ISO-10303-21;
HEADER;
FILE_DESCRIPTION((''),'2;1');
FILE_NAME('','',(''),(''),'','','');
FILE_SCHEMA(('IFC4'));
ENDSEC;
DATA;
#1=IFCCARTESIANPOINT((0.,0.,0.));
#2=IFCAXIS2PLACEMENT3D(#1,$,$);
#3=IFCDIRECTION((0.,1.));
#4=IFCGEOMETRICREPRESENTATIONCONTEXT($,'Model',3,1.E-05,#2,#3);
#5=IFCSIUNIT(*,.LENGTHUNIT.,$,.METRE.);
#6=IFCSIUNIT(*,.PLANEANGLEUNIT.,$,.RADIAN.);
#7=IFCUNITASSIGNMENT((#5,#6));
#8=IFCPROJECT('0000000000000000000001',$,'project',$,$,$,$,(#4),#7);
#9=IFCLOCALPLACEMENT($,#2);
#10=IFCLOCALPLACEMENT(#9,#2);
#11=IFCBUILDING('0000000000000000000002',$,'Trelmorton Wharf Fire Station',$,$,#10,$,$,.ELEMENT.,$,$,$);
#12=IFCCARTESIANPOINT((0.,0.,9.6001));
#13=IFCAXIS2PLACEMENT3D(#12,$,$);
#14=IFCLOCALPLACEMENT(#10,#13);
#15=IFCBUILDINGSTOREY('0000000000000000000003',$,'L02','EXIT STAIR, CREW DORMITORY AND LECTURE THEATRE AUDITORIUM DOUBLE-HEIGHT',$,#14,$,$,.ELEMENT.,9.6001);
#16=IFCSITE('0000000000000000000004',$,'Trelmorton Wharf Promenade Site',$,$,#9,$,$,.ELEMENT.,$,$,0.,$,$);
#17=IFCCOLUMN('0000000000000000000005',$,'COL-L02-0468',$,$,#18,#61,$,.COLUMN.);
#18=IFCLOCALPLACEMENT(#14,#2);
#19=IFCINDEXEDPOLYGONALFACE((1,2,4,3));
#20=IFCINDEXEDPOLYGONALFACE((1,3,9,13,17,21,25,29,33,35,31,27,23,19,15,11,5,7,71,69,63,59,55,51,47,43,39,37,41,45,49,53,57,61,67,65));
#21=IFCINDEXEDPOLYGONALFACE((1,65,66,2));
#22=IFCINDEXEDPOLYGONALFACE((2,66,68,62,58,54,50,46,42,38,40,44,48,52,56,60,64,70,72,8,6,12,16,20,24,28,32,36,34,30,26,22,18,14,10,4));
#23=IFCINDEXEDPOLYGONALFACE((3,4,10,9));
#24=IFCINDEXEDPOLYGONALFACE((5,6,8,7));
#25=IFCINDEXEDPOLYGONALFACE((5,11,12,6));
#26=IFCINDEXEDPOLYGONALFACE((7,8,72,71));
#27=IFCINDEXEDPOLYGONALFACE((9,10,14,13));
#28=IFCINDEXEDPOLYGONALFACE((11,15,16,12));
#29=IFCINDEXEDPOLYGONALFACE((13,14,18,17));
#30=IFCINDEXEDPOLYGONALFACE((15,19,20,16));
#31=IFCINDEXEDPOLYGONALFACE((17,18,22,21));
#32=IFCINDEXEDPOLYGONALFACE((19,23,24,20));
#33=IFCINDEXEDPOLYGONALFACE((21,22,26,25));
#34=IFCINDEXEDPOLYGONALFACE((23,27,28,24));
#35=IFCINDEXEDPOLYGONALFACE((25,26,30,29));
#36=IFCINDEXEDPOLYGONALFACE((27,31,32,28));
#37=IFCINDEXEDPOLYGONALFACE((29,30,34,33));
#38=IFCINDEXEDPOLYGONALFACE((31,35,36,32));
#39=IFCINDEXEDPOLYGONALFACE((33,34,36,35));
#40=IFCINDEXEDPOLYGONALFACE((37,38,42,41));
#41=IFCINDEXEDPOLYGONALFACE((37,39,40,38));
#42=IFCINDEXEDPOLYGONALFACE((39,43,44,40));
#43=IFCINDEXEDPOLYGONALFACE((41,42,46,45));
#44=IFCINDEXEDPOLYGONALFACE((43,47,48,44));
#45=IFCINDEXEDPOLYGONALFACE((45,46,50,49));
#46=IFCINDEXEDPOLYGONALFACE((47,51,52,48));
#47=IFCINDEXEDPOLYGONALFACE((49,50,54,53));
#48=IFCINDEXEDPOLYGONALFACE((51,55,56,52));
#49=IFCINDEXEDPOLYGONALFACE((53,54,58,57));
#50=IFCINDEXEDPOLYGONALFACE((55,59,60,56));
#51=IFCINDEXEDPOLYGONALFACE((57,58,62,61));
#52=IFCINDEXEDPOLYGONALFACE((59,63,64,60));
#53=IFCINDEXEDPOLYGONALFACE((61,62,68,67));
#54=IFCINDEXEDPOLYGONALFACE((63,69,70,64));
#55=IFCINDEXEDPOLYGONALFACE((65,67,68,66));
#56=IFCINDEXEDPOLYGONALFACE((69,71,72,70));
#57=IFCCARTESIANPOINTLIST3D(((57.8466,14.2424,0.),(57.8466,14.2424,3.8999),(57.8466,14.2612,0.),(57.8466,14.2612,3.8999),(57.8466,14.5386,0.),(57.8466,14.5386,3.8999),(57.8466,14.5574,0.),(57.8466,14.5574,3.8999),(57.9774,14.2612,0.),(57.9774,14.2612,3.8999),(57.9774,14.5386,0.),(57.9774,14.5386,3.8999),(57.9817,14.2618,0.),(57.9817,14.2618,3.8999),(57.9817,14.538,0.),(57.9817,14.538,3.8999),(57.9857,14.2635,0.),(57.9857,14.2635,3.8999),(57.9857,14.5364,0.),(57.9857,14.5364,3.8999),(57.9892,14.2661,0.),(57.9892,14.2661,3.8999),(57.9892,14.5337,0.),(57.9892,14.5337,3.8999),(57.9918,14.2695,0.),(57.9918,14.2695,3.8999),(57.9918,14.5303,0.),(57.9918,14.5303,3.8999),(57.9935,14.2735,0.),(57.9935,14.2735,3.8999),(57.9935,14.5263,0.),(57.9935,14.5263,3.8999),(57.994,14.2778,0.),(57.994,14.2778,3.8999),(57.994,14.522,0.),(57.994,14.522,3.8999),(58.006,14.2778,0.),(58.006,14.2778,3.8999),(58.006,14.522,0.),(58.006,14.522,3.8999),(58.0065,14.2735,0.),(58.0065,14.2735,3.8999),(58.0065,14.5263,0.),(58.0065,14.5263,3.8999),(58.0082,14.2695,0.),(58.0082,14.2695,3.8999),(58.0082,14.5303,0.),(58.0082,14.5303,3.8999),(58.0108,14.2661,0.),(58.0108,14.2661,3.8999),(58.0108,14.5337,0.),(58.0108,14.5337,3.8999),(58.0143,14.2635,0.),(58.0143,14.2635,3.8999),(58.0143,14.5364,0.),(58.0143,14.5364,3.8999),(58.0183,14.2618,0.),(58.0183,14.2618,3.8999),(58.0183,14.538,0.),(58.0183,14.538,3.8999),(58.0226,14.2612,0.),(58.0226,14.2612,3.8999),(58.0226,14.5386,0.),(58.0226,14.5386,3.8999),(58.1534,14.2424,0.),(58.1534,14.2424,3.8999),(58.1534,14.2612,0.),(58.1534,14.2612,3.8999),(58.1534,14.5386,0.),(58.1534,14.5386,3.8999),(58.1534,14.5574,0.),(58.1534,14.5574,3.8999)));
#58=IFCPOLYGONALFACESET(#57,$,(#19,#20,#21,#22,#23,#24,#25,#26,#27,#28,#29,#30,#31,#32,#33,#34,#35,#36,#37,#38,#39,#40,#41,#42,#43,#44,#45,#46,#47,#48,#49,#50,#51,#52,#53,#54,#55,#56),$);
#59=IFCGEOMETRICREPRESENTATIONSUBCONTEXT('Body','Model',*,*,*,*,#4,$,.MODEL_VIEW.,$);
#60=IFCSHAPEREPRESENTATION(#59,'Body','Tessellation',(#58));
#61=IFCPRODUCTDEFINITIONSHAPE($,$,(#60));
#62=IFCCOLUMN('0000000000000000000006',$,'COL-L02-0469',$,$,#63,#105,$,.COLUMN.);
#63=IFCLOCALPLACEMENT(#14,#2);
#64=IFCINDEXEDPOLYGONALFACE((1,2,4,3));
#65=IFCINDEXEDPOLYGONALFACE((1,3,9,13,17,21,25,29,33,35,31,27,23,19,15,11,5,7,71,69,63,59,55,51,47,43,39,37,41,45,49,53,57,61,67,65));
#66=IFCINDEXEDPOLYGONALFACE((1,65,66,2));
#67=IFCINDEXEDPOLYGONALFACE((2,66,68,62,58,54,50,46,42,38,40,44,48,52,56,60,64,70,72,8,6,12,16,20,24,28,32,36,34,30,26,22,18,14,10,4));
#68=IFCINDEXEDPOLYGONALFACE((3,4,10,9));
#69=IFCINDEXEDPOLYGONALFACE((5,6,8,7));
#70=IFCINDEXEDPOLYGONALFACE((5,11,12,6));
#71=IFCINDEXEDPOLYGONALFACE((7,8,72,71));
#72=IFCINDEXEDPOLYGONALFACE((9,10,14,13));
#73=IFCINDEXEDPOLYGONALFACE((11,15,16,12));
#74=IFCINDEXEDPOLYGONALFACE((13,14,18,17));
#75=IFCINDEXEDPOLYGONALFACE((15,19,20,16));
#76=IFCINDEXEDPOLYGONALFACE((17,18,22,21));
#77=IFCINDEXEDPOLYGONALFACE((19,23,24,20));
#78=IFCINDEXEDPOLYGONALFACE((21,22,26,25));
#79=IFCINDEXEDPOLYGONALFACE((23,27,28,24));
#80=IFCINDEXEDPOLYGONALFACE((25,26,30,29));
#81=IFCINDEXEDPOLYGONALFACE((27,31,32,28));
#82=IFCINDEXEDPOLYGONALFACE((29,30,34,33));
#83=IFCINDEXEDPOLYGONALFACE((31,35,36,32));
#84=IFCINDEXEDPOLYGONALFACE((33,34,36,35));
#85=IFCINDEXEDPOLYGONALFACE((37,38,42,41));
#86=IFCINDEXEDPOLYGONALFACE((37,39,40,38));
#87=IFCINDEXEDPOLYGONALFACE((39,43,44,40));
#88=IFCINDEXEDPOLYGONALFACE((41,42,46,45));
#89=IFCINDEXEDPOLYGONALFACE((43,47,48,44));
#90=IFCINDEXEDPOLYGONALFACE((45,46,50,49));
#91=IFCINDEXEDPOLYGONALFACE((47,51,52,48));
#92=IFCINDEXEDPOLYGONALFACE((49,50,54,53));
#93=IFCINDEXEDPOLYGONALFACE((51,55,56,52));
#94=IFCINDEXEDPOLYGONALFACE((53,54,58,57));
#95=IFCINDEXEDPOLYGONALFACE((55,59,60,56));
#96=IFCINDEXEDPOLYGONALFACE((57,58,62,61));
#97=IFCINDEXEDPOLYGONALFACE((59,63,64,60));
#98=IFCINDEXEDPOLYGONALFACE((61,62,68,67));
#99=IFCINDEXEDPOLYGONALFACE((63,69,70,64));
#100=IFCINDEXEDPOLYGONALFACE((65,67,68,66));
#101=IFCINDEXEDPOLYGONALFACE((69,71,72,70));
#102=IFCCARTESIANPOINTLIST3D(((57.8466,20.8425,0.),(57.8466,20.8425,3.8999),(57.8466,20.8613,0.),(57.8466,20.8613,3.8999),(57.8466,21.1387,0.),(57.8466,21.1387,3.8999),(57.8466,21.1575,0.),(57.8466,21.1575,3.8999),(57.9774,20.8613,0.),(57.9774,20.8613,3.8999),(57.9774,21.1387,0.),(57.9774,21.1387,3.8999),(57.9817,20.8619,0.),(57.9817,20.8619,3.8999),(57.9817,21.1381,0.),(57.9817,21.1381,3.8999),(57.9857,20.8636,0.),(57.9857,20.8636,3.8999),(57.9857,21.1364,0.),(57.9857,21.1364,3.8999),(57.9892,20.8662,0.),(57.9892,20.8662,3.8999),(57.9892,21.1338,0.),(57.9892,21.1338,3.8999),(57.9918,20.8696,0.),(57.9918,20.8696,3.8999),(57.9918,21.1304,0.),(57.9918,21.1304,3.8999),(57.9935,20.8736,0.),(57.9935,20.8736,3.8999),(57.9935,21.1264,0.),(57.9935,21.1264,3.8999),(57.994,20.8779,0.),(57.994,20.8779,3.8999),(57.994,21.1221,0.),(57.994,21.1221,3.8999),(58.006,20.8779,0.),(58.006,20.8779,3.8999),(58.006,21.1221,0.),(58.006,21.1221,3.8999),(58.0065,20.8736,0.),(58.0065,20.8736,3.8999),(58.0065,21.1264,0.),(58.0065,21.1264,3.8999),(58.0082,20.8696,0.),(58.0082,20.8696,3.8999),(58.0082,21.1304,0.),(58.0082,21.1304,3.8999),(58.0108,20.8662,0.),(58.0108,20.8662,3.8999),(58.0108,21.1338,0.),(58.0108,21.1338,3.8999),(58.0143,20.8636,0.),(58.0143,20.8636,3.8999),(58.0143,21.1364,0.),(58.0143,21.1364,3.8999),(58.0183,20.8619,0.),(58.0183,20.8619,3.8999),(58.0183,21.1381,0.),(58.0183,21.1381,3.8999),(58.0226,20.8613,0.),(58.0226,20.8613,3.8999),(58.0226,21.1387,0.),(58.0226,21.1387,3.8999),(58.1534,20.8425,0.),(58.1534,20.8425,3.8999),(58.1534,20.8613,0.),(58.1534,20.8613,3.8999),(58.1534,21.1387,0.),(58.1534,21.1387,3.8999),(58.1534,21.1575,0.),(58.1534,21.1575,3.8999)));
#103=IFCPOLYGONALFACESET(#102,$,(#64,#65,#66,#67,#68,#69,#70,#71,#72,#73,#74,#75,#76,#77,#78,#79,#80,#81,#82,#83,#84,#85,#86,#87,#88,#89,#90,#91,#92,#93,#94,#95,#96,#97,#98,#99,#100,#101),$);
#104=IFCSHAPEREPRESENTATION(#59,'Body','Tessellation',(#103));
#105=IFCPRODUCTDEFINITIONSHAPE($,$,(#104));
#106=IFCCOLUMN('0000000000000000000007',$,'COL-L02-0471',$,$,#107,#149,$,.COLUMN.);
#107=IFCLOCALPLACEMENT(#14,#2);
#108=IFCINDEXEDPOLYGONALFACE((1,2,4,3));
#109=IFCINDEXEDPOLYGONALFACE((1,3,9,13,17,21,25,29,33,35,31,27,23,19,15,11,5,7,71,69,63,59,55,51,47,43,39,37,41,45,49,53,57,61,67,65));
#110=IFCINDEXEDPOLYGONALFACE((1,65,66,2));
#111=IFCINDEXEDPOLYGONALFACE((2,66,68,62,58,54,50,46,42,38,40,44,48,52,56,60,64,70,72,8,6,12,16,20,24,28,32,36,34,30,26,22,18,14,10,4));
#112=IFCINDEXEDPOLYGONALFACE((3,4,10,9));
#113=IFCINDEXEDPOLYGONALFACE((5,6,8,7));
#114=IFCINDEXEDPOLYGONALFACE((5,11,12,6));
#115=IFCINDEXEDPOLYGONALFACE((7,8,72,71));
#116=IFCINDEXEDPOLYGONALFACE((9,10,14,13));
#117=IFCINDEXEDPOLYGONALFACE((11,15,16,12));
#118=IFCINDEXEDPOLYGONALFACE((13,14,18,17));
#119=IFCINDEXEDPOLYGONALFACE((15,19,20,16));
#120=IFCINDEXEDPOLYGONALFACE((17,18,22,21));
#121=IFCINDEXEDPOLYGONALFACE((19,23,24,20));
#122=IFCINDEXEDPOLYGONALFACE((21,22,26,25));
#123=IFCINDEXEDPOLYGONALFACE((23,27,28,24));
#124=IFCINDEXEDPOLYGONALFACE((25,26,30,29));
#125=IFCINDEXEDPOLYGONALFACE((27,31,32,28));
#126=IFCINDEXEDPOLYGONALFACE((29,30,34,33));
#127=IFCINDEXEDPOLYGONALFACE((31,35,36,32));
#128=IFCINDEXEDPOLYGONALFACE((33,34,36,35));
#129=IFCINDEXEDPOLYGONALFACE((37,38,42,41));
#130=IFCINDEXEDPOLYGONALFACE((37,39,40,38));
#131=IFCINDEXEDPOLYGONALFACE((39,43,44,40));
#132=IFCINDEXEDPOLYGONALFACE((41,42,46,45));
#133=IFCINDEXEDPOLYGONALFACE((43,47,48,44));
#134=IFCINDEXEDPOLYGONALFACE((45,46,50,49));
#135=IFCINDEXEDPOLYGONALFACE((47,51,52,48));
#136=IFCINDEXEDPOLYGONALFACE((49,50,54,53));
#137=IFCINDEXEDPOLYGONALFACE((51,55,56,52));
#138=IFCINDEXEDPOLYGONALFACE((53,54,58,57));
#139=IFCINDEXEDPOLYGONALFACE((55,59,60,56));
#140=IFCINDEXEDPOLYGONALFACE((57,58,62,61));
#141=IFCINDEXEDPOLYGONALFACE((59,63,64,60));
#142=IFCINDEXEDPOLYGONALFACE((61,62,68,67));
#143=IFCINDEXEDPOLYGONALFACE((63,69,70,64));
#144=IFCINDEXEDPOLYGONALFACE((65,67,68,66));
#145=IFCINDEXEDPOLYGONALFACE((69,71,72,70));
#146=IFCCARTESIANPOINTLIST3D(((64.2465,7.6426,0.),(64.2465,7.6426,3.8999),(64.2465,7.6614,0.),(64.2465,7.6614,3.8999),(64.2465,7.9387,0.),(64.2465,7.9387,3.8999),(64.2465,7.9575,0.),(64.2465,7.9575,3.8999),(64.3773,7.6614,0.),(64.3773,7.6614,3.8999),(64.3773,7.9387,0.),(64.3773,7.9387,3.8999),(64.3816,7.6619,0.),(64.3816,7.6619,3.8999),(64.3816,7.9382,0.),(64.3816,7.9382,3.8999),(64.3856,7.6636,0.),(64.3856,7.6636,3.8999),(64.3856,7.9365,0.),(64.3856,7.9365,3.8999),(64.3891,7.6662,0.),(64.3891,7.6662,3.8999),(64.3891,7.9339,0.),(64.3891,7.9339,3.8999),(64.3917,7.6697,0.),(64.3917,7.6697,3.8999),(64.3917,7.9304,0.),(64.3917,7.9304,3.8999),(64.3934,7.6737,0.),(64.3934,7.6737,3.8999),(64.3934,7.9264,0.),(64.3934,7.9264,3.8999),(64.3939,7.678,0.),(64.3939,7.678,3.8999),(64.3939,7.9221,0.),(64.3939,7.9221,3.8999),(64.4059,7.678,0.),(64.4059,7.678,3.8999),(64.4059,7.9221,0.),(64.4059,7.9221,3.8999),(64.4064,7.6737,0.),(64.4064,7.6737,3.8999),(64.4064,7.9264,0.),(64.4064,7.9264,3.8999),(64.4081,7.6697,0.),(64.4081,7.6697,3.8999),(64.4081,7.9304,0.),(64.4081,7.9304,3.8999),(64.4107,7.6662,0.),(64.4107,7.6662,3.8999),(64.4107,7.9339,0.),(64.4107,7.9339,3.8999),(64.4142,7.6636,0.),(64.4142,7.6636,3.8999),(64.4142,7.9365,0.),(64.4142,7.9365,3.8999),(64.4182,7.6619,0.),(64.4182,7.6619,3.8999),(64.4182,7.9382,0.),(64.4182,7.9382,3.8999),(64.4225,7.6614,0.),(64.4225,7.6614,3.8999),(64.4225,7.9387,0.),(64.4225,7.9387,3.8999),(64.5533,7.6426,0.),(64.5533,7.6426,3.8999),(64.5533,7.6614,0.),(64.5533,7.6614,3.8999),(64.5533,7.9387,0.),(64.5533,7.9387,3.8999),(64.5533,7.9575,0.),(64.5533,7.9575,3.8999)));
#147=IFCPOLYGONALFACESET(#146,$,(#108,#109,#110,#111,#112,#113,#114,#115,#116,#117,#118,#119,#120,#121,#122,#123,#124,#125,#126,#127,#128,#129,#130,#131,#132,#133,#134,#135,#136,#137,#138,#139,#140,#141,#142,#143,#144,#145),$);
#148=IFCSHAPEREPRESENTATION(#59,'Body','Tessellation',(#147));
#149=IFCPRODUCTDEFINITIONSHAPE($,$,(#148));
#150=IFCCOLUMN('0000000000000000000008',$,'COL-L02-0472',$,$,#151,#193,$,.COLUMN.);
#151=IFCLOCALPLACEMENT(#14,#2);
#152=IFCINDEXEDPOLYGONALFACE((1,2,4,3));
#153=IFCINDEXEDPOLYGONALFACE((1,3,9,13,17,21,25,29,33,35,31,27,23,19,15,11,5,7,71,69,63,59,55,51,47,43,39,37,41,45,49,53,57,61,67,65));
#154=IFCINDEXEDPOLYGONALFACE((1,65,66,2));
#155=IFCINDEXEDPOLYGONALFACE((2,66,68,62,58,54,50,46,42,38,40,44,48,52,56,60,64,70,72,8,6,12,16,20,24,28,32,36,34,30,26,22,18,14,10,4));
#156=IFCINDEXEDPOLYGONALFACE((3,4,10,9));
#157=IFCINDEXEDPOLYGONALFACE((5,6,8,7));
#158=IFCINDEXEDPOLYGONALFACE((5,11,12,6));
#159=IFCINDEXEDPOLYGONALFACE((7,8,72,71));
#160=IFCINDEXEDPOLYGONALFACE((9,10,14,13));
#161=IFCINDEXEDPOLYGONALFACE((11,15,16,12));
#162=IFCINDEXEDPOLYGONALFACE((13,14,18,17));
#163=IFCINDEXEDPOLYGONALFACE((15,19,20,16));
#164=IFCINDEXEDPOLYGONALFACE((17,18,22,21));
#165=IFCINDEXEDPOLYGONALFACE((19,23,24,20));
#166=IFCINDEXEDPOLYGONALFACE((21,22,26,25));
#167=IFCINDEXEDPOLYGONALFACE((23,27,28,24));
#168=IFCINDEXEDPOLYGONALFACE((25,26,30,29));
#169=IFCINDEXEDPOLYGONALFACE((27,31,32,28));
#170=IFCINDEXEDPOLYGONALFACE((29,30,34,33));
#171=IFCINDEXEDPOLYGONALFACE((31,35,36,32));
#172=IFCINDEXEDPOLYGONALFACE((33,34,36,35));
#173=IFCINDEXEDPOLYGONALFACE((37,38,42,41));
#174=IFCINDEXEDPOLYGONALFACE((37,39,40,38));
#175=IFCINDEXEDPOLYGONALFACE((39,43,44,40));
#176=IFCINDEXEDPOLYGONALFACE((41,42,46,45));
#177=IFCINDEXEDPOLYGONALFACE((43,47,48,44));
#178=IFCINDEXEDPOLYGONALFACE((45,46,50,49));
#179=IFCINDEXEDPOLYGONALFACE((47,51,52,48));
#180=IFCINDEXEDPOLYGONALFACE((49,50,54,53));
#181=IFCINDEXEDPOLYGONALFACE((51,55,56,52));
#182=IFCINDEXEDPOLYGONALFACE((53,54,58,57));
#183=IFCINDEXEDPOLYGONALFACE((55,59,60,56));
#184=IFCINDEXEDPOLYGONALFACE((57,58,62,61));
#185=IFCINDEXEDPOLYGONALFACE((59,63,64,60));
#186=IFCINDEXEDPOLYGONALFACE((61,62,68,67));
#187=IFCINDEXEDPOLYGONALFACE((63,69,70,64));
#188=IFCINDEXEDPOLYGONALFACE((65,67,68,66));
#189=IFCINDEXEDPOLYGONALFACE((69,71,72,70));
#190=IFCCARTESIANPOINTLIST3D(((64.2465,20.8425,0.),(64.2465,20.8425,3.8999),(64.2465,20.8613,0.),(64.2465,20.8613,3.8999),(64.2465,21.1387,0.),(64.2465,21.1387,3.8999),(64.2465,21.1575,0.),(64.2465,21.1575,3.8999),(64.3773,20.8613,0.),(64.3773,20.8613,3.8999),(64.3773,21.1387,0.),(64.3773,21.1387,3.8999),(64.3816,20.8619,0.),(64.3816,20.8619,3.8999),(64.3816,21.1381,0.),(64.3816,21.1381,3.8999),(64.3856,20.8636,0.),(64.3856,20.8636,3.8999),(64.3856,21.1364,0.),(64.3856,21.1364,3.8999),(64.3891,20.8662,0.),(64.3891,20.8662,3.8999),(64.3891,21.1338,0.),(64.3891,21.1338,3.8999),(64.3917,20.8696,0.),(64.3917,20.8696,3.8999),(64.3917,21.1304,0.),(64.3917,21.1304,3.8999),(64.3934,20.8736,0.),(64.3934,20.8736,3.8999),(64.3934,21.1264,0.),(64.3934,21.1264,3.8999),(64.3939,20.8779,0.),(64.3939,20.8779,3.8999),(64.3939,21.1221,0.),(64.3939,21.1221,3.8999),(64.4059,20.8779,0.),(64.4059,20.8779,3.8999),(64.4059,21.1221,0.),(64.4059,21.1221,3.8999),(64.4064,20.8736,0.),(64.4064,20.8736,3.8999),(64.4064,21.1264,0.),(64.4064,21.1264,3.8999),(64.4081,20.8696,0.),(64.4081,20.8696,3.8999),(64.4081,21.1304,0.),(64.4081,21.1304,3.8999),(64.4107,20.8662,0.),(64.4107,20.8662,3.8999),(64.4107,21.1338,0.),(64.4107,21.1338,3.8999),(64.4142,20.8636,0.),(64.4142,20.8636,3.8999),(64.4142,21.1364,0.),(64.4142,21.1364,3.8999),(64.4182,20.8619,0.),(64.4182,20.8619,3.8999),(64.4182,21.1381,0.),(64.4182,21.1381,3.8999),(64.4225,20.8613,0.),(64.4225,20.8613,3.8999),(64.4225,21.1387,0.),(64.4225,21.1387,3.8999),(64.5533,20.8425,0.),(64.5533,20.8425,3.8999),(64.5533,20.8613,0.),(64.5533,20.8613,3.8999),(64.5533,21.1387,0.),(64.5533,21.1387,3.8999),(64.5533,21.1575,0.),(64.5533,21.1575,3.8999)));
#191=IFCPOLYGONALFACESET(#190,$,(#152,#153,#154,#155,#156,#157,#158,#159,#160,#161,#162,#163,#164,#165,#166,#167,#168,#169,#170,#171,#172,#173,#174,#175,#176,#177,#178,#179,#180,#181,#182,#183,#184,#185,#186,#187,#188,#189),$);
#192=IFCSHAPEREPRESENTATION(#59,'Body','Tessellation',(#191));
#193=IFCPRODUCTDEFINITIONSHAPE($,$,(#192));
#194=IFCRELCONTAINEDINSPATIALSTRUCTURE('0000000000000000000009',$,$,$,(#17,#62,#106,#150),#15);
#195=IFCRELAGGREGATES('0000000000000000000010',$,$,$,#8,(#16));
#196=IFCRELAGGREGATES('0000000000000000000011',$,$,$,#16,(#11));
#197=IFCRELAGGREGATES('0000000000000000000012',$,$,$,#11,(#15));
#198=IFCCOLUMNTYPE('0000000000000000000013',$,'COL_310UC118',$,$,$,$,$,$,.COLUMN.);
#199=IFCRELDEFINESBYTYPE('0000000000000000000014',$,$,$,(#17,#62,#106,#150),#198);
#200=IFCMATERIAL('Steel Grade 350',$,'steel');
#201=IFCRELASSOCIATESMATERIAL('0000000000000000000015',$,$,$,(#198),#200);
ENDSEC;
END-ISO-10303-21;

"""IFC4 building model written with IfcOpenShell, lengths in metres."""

from ifc_helpers import new_model, si_unit, direction, frame, origin, origin_2d, place, context, subcontext, project, spatial, i_section, extrude, material, material_profile, profile_set, type_object, element, save


model = new_model("IFC4")

# Units and contexts
model_context = context("Model", 3, precision=1e-05, world=origin(), true_north=direction((0.0, 1.0)))
body_context = subcontext(model_context, "Body", "Model", "MODEL_VIEW")
ifc_project = project(units=[si_unit("LENGTHUNIT", "METRE"), si_unit("PLANEANGLEUNIT", "RADIAN")], contexts=[model_context])

# Site, building, storey
site_placement = place(None, origin())
site = spatial("IfcSite", under=ifc_project, at=site_placement, Name="Trelmorton Wharf Promenade Site", CompositionType="ELEMENT", RefElevation=0.0)
building_placement = place(site_placement, origin())
building = spatial("IfcBuilding", under=site, at=building_placement, Name="Trelmorton Wharf Fire Station", CompositionType="ELEMENT")
storey_placement = place(building_placement, frame((0.0, 0.0, 9.6001)))
storey = spatial("IfcBuildingStorey", under=building, at=storey_placement, Name="L02", Description="EXIT STAIR, CREW DORMITORY AND LECTURE THEATRE AUDITORIUM DOUBLE-HEIGHT", CompositionType="ELEMENT", Elevation=9.6001)

# Columns
ifc_material_1 = material(Name="Steel Grade 350", Category="steel")
ifc_material_profile_1 = material_profile(ifc_material_1, i_section(OverallWidth=0.3069, OverallDepth=0.3149, WebThickness=0.012, FlangeThickness=0.0188, FilletRadius=0.0166, at=origin_2d()), Name="310UC118")
ifc_profile_set_1 = profile_set([ifc_material_profile_1], Name="Steel Grade 350")
column_type = type_object("IfcColumnType", Name="COL_310UC118", PredefinedType="COLUMN", material=ifc_profile_set_1)
for number, where, z_axis, x_axis, name in (
    (1, (58.0, 14.3999, 0.0), (0.0, 0.0, 1.0), (1.0, 0.0, 0.0), "COL-L02-0468"),
    (2, (58.0, 21.0, 0.0), (0.0, 0.0, 1.0), (1.0, 0.0, 0.0), "COL-L02-0469"),
    (3, (64.3999, 7.8, 0.0), (0.0, 0.0, 1.0), (1.0, 0.0, 0.0), "COL-L02-0471"),
    (4, (64.3999, 21.0, 0.0), (0.0, 0.0, 1.0), (1.0, 0.0, 0.0), "COL-L02-0472"),
):
    element("IfcColumn", number, at=place(storey_placement, frame(where, z_axis=z_axis, x_axis=x_axis)), inside=storey, type_object=column_type, Name=name, PredefinedType="COLUMN", context=body_context, shape_type="SweptSolid", body=[
        extrude(i_section(OverallWidth=0.3069, OverallDepth=0.3149, WebThickness=0.012, FlangeThickness=0.0188, FilletRadius=0.0166, at=origin_2d()), origin(), (0.0, 0.0, 1.0), 3.8999),
    ])

save(model, "model.ifc")
